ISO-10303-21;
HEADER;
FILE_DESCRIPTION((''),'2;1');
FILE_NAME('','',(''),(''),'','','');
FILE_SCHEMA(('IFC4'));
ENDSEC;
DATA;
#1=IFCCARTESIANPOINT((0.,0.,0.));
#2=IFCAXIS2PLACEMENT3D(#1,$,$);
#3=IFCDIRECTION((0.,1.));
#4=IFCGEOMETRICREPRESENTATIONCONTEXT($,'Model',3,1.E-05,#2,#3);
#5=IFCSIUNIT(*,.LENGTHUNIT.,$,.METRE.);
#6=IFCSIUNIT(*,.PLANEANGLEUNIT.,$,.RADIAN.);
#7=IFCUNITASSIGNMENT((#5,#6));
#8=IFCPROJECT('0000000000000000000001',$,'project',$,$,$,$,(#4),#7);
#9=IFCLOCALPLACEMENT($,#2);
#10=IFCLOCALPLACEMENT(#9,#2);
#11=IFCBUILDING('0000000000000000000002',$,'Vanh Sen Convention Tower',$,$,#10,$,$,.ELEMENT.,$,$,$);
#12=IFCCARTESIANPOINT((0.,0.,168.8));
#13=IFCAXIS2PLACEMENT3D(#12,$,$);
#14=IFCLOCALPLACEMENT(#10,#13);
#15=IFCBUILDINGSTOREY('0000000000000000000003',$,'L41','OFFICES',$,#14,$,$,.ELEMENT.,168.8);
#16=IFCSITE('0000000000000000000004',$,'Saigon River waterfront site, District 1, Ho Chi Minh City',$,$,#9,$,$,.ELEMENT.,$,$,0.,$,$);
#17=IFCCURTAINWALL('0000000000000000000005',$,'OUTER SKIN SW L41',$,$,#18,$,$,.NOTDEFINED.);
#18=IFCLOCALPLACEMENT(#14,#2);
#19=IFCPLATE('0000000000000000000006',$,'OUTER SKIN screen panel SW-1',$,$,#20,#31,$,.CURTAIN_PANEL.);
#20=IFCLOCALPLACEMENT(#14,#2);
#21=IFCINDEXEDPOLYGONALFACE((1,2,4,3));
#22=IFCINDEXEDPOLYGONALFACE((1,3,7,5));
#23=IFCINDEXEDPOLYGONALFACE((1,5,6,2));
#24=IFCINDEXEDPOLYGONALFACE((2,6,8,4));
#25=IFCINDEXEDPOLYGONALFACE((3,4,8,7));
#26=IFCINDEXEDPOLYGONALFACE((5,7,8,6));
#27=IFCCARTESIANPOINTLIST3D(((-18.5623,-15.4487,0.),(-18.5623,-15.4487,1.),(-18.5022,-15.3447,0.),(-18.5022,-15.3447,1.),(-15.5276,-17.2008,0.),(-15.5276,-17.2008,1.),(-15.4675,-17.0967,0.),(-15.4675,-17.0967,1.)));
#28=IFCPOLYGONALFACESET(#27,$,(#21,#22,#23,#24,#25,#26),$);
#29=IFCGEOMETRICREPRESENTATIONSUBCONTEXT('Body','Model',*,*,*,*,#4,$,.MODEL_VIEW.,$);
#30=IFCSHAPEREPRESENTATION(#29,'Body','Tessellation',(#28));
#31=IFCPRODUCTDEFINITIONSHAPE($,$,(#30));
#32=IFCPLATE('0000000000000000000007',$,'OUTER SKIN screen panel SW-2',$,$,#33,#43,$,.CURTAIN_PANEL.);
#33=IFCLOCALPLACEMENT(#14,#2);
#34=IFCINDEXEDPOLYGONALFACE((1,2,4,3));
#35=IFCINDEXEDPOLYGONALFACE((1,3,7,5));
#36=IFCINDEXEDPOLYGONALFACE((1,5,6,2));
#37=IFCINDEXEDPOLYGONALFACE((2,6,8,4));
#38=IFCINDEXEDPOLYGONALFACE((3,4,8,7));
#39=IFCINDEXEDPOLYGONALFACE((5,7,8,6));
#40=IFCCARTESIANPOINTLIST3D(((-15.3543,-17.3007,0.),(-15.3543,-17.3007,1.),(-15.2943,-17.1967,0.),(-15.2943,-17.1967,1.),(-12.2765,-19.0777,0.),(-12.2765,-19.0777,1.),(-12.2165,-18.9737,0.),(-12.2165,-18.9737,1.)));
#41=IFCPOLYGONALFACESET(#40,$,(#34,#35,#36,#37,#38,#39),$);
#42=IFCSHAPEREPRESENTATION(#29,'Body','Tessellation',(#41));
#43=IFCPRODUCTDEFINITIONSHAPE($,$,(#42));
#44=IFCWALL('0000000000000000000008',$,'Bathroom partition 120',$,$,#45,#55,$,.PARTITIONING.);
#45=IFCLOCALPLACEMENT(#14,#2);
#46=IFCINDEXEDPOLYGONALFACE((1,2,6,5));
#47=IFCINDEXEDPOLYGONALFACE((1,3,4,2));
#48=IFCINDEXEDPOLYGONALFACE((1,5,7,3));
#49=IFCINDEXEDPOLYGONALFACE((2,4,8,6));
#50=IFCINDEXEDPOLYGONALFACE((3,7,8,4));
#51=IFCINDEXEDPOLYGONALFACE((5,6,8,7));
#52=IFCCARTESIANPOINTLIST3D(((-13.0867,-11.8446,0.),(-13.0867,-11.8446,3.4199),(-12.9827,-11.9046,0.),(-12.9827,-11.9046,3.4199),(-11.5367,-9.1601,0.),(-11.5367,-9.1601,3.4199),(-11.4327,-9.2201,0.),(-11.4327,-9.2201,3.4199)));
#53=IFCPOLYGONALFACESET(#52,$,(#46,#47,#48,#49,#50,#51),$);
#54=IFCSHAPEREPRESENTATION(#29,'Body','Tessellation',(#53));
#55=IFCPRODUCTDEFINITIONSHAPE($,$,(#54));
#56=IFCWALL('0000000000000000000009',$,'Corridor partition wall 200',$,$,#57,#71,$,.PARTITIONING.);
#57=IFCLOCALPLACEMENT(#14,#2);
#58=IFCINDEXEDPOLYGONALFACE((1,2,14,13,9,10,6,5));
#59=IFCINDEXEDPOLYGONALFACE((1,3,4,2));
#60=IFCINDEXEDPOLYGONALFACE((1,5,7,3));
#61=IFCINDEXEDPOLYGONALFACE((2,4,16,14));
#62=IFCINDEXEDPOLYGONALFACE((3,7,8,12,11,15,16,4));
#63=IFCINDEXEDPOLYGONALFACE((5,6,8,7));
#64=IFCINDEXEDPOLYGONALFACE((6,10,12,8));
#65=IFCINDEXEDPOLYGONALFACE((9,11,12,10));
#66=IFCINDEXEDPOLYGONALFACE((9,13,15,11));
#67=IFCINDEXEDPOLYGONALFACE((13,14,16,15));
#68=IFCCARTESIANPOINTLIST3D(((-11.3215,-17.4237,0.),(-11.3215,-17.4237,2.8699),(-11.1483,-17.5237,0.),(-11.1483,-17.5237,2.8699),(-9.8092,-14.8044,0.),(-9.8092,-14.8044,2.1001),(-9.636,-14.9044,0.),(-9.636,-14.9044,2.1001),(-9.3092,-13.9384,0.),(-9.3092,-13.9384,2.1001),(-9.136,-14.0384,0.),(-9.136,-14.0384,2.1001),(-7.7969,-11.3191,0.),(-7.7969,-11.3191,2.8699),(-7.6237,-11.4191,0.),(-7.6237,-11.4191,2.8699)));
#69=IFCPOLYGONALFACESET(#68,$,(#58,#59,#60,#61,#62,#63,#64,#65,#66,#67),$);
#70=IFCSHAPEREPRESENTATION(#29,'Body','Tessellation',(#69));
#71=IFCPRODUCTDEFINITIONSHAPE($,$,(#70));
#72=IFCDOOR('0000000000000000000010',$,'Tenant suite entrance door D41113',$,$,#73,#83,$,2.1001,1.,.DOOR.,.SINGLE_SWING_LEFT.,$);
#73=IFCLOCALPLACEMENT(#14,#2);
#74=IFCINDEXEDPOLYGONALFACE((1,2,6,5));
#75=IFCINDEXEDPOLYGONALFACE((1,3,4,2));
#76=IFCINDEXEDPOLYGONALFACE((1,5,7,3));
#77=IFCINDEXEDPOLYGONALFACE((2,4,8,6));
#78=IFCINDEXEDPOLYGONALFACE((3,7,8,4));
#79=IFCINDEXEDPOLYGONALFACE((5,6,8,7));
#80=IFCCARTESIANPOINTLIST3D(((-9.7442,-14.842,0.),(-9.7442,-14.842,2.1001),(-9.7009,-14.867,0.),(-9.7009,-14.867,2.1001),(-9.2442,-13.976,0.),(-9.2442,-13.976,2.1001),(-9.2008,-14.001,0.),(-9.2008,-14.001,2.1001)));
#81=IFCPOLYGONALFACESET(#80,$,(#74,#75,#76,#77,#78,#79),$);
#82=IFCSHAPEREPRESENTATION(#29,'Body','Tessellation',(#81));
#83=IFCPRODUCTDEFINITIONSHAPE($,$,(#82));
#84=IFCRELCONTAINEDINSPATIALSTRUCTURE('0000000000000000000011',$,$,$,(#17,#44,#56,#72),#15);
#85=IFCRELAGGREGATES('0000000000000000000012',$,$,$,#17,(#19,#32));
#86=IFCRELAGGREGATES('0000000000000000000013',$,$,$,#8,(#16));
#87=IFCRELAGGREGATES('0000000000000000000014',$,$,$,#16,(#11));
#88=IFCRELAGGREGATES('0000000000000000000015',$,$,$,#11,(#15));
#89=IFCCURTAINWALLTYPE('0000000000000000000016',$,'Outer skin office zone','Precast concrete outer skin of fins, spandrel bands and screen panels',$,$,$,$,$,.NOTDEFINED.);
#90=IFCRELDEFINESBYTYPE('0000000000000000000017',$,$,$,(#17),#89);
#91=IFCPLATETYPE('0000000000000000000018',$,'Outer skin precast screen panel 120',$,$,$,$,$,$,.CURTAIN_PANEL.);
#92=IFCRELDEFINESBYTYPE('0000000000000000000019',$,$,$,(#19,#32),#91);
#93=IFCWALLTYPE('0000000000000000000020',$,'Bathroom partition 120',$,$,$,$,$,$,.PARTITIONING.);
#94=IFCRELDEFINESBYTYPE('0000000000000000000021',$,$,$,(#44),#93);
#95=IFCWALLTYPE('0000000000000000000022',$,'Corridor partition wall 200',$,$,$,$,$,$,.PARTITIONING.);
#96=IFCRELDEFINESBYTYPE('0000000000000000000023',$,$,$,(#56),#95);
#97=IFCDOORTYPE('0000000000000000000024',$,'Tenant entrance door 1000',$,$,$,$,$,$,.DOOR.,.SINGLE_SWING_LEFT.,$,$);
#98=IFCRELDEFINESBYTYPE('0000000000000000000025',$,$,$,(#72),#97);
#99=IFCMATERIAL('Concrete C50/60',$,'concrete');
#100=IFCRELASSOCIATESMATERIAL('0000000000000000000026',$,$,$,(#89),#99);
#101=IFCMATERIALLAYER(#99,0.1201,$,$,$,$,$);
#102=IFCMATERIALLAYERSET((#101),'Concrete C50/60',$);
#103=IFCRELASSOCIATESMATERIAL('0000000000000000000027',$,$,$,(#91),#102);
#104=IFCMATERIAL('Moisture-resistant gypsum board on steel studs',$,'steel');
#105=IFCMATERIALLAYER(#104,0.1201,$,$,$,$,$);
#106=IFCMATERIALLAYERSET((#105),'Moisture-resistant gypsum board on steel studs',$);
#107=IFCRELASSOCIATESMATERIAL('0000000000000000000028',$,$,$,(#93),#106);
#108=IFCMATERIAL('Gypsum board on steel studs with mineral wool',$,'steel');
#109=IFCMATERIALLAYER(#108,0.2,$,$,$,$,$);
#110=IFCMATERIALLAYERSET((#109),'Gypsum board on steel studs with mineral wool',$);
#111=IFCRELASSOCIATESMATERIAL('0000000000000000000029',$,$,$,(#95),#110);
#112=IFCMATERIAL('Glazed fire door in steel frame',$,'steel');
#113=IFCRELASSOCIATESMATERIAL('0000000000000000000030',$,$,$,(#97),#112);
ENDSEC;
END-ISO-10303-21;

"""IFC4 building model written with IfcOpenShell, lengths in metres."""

from ifc_helpers import new_model, si_unit, direction, frame, frame_2d, origin, origin_2d, place, context, subcontext, project, spatial, rectangle, extrude, material, layer, layer_set, type_object, element, fill, aggregate, save


model = new_model("IFC4")

# Units and contexts
model_context = context("Model", 3, precision=1e-05, world=origin(), true_north=direction((0.0, 1.0)))
body_context = subcontext(model_context, "Body", "Model", "MODEL_VIEW")
ifc_project = project(units=[si_unit("LENGTHUNIT", "METRE"), si_unit("PLANEANGLEUNIT", "RADIAN")], contexts=[model_context])

# Site, building, storey
site_placement = place(None, origin())
site = spatial("IfcSite", under=ifc_project, at=site_placement, Name="Saigon River waterfront site, District 1, Ho Chi Minh City", CompositionType="ELEMENT", RefElevation=0.0)
building_placement = place(site_placement, origin())
building = spatial("IfcBuilding", under=site, at=building_placement, Name="Vanh Sen Convention Tower", CompositionType="ELEMENT")
storey_placement = place(building_placement, frame((0.0, 0.0, 168.8)))
storey = spatial("IfcBuildingStorey", under=building, at=storey_placement, Name="L41", Description="OFFICES", CompositionType="ELEMENT", Elevation=168.8)

# Curtain wall
ifc_material_1 = material(Name="Concrete C50/60", Category="concrete")
curtain_wall_type = type_object("IfcCurtainWallType", Name="Outer skin office zone", Description="Precast concrete outer skin of fins, spandrel bands and screen panels", PredefinedType="NOTDEFINED", material=ifc_material_1)
curtain_wall_1_placement = place(storey_placement, origin())
curtain_wall_1 = element("IfcCurtainWall", 1, at=curtain_wall_1_placement, inside=storey, type_object=curtain_wall_type, Name="OUTER SKIN SW L41", PredefinedType="NOTDEFINED")

# Shared definitions
ifc_layer_1 = layer(ifc_material_1, 0.1201)
ifc_layer_set_1 = layer_set([ifc_layer_1], Name="Concrete C50/60")
plate_type = type_object("IfcPlateType", Name="Outer skin precast screen panel 120", PredefinedType="CURTAIN_PANEL", material=ifc_layer_set_1)

# Plates
plate_1_placement = place(storey_placement, frame((-17.0149, -16.2727, 0.0), z_axis=(0.0, 0.0, 1.0), x_axis=(0.866024, -0.500003, 0.0)))
plate_1 = element("IfcPlate", 2, at=plate_1_placement, type_object=plate_type, Name="OUTER SKIN screen panel SW-1", PredefinedType="CURTAIN_PANEL", context=body_context, shape_type="SweptSolid", body=[
    extrude(rectangle(XDim=3.5042, YDim=0.1201, at=origin_2d()), origin(), (0.0, 0.0, 1.0), 1.0),
])
plate_2_placement = place(storey_placement, frame((-13.7854, -18.1372, 0.0), z_axis=(0.0, 0.0, 1.0), x_axis=(0.866028, -0.499995, 0.0)))
plate_2 = element("IfcPlate", 3, at=plate_2_placement, type_object=plate_type, Name="OUTER SKIN screen panel SW-2", PredefinedType="CURTAIN_PANEL", context=body_context, shape_type="SweptSolid", body=[
    extrude(rectangle(XDim=3.554, YDim=0.1201, at=origin_2d()), origin(), (0.0, 0.0, 1.0), 1.0),
])
aggregate(curtain_wall_1, [plate_1, plate_2])

# Wall
ifc_material_2 = material(Name="Moisture-resistant gypsum board on steel studs", Category="steel")
ifc_layer_2 = layer(ifc_material_2, 0.1201)
ifc_layer_set_2 = layer_set([ifc_layer_2], Name="Moisture-resistant gypsum board on steel studs")
wall_type_1 = type_object("IfcWallType", Name="Bathroom partition 120", PredefinedType="PARTITIONING", material=ifc_layer_set_2)
wall_1_placement = place(storey_placement, frame((-13.0347, -11.8745, 0.0), z_axis=(0.0, 0.0, 1.0), x_axis=(0.500027, 0.86601, 0.0)))
element("IfcWall", 4, at=wall_1_placement, inside=storey, type_object=wall_type_1, Name="Bathroom partition 120", PredefinedType="PARTITIONING", context=body_context, shape_type="SweptSolid", body=[
    extrude(rectangle(XDim=3.0999, YDim=0.1201, at=frame_2d((1.5498, 0.0))), origin(), (0.0, 0.0, 1.0), 3.4199),
])

# Wall, opening, door
ifc_material_3 = material(Name="Gypsum board on steel studs with mineral wool", Category="steel")
ifc_layer_3 = layer(ifc_material_3, 0.2)
ifc_layer_set_3 = layer_set([ifc_layer_3], Name="Gypsum board on steel studs with mineral wool")
wall_type_2 = type_object("IfcWallType", Name="Corridor partition wall 200", PredefinedType="PARTITIONING", material=ifc_layer_set_3)
wall_2_placement = place(storey_placement, frame((-11.2349, -17.4736, 0.0), z_axis=(0.0, 0.0, 1.0), x_axis=(0.500009, 0.86602, 0.0)))
wall_2 = element("IfcWall", 5, at=wall_2_placement, inside=storey, type_object=wall_type_2, Name="Corridor partition wall 200", PredefinedType="PARTITIONING", context=body_context, shape_type="SweptSolid", body=[
    extrude(rectangle(XDim=7.0491, YDim=0.2, at=frame_2d((3.5244, 0.0))), origin(), (0.0, 0.0, 1.0), 2.8699),
])
opening_1_placement = place(wall_2_placement, frame((3.0244, 0.0, 0.0)))
opening_1 = element("IfcOpeningElement", 6, at=opening_1_placement, cuts=wall_2, PredefinedType="OPENING", context=body_context, shape_type="SweptSolid", body=[
    extrude(rectangle(XDim=1.0, YDim=2.1001, at=frame_2d((0.5, 1.05))), frame((0.0, 0.1099, 0.0), z_axis=(0.0, -1.0, 0.0), x_axis=(1.0, 0.0, 0.0)), (0.0, 0.0, 1.0), 0.22),
])
ifc_material_4 = material(Name="Glazed fire door in steel frame", Category="steel")
door_type = type_object("IfcDoorType", Name="Tenant entrance door 1000", OperationType="SINGLE_SWING_LEFT", PredefinedType="DOOR", material=ifc_material_4)
door_placement = place(opening_1_placement, origin())
door = element("IfcDoor", 7, at=door_placement, inside=storey, type_object=door_type, Name="Tenant suite entrance door D41113", OperationType="SINGLE_SWING_LEFT", OverallHeight=2.1001, OverallWidth=1.0, PredefinedType="DOOR", context=body_context, shape_type="SweptSolid", body=[
    extrude(rectangle(XDim=1.0, YDim=2.1001, at=frame_2d((0.5, 1.05))), frame((0.0, 0.0249, 0.0), z_axis=(0.0, -1.0, 0.0), x_axis=(1.0, 0.0, 0.0)), (0.0, 0.0, 1.0), 0.05),
])
fill(opening_1, door)

save(model, "model.ifc")
